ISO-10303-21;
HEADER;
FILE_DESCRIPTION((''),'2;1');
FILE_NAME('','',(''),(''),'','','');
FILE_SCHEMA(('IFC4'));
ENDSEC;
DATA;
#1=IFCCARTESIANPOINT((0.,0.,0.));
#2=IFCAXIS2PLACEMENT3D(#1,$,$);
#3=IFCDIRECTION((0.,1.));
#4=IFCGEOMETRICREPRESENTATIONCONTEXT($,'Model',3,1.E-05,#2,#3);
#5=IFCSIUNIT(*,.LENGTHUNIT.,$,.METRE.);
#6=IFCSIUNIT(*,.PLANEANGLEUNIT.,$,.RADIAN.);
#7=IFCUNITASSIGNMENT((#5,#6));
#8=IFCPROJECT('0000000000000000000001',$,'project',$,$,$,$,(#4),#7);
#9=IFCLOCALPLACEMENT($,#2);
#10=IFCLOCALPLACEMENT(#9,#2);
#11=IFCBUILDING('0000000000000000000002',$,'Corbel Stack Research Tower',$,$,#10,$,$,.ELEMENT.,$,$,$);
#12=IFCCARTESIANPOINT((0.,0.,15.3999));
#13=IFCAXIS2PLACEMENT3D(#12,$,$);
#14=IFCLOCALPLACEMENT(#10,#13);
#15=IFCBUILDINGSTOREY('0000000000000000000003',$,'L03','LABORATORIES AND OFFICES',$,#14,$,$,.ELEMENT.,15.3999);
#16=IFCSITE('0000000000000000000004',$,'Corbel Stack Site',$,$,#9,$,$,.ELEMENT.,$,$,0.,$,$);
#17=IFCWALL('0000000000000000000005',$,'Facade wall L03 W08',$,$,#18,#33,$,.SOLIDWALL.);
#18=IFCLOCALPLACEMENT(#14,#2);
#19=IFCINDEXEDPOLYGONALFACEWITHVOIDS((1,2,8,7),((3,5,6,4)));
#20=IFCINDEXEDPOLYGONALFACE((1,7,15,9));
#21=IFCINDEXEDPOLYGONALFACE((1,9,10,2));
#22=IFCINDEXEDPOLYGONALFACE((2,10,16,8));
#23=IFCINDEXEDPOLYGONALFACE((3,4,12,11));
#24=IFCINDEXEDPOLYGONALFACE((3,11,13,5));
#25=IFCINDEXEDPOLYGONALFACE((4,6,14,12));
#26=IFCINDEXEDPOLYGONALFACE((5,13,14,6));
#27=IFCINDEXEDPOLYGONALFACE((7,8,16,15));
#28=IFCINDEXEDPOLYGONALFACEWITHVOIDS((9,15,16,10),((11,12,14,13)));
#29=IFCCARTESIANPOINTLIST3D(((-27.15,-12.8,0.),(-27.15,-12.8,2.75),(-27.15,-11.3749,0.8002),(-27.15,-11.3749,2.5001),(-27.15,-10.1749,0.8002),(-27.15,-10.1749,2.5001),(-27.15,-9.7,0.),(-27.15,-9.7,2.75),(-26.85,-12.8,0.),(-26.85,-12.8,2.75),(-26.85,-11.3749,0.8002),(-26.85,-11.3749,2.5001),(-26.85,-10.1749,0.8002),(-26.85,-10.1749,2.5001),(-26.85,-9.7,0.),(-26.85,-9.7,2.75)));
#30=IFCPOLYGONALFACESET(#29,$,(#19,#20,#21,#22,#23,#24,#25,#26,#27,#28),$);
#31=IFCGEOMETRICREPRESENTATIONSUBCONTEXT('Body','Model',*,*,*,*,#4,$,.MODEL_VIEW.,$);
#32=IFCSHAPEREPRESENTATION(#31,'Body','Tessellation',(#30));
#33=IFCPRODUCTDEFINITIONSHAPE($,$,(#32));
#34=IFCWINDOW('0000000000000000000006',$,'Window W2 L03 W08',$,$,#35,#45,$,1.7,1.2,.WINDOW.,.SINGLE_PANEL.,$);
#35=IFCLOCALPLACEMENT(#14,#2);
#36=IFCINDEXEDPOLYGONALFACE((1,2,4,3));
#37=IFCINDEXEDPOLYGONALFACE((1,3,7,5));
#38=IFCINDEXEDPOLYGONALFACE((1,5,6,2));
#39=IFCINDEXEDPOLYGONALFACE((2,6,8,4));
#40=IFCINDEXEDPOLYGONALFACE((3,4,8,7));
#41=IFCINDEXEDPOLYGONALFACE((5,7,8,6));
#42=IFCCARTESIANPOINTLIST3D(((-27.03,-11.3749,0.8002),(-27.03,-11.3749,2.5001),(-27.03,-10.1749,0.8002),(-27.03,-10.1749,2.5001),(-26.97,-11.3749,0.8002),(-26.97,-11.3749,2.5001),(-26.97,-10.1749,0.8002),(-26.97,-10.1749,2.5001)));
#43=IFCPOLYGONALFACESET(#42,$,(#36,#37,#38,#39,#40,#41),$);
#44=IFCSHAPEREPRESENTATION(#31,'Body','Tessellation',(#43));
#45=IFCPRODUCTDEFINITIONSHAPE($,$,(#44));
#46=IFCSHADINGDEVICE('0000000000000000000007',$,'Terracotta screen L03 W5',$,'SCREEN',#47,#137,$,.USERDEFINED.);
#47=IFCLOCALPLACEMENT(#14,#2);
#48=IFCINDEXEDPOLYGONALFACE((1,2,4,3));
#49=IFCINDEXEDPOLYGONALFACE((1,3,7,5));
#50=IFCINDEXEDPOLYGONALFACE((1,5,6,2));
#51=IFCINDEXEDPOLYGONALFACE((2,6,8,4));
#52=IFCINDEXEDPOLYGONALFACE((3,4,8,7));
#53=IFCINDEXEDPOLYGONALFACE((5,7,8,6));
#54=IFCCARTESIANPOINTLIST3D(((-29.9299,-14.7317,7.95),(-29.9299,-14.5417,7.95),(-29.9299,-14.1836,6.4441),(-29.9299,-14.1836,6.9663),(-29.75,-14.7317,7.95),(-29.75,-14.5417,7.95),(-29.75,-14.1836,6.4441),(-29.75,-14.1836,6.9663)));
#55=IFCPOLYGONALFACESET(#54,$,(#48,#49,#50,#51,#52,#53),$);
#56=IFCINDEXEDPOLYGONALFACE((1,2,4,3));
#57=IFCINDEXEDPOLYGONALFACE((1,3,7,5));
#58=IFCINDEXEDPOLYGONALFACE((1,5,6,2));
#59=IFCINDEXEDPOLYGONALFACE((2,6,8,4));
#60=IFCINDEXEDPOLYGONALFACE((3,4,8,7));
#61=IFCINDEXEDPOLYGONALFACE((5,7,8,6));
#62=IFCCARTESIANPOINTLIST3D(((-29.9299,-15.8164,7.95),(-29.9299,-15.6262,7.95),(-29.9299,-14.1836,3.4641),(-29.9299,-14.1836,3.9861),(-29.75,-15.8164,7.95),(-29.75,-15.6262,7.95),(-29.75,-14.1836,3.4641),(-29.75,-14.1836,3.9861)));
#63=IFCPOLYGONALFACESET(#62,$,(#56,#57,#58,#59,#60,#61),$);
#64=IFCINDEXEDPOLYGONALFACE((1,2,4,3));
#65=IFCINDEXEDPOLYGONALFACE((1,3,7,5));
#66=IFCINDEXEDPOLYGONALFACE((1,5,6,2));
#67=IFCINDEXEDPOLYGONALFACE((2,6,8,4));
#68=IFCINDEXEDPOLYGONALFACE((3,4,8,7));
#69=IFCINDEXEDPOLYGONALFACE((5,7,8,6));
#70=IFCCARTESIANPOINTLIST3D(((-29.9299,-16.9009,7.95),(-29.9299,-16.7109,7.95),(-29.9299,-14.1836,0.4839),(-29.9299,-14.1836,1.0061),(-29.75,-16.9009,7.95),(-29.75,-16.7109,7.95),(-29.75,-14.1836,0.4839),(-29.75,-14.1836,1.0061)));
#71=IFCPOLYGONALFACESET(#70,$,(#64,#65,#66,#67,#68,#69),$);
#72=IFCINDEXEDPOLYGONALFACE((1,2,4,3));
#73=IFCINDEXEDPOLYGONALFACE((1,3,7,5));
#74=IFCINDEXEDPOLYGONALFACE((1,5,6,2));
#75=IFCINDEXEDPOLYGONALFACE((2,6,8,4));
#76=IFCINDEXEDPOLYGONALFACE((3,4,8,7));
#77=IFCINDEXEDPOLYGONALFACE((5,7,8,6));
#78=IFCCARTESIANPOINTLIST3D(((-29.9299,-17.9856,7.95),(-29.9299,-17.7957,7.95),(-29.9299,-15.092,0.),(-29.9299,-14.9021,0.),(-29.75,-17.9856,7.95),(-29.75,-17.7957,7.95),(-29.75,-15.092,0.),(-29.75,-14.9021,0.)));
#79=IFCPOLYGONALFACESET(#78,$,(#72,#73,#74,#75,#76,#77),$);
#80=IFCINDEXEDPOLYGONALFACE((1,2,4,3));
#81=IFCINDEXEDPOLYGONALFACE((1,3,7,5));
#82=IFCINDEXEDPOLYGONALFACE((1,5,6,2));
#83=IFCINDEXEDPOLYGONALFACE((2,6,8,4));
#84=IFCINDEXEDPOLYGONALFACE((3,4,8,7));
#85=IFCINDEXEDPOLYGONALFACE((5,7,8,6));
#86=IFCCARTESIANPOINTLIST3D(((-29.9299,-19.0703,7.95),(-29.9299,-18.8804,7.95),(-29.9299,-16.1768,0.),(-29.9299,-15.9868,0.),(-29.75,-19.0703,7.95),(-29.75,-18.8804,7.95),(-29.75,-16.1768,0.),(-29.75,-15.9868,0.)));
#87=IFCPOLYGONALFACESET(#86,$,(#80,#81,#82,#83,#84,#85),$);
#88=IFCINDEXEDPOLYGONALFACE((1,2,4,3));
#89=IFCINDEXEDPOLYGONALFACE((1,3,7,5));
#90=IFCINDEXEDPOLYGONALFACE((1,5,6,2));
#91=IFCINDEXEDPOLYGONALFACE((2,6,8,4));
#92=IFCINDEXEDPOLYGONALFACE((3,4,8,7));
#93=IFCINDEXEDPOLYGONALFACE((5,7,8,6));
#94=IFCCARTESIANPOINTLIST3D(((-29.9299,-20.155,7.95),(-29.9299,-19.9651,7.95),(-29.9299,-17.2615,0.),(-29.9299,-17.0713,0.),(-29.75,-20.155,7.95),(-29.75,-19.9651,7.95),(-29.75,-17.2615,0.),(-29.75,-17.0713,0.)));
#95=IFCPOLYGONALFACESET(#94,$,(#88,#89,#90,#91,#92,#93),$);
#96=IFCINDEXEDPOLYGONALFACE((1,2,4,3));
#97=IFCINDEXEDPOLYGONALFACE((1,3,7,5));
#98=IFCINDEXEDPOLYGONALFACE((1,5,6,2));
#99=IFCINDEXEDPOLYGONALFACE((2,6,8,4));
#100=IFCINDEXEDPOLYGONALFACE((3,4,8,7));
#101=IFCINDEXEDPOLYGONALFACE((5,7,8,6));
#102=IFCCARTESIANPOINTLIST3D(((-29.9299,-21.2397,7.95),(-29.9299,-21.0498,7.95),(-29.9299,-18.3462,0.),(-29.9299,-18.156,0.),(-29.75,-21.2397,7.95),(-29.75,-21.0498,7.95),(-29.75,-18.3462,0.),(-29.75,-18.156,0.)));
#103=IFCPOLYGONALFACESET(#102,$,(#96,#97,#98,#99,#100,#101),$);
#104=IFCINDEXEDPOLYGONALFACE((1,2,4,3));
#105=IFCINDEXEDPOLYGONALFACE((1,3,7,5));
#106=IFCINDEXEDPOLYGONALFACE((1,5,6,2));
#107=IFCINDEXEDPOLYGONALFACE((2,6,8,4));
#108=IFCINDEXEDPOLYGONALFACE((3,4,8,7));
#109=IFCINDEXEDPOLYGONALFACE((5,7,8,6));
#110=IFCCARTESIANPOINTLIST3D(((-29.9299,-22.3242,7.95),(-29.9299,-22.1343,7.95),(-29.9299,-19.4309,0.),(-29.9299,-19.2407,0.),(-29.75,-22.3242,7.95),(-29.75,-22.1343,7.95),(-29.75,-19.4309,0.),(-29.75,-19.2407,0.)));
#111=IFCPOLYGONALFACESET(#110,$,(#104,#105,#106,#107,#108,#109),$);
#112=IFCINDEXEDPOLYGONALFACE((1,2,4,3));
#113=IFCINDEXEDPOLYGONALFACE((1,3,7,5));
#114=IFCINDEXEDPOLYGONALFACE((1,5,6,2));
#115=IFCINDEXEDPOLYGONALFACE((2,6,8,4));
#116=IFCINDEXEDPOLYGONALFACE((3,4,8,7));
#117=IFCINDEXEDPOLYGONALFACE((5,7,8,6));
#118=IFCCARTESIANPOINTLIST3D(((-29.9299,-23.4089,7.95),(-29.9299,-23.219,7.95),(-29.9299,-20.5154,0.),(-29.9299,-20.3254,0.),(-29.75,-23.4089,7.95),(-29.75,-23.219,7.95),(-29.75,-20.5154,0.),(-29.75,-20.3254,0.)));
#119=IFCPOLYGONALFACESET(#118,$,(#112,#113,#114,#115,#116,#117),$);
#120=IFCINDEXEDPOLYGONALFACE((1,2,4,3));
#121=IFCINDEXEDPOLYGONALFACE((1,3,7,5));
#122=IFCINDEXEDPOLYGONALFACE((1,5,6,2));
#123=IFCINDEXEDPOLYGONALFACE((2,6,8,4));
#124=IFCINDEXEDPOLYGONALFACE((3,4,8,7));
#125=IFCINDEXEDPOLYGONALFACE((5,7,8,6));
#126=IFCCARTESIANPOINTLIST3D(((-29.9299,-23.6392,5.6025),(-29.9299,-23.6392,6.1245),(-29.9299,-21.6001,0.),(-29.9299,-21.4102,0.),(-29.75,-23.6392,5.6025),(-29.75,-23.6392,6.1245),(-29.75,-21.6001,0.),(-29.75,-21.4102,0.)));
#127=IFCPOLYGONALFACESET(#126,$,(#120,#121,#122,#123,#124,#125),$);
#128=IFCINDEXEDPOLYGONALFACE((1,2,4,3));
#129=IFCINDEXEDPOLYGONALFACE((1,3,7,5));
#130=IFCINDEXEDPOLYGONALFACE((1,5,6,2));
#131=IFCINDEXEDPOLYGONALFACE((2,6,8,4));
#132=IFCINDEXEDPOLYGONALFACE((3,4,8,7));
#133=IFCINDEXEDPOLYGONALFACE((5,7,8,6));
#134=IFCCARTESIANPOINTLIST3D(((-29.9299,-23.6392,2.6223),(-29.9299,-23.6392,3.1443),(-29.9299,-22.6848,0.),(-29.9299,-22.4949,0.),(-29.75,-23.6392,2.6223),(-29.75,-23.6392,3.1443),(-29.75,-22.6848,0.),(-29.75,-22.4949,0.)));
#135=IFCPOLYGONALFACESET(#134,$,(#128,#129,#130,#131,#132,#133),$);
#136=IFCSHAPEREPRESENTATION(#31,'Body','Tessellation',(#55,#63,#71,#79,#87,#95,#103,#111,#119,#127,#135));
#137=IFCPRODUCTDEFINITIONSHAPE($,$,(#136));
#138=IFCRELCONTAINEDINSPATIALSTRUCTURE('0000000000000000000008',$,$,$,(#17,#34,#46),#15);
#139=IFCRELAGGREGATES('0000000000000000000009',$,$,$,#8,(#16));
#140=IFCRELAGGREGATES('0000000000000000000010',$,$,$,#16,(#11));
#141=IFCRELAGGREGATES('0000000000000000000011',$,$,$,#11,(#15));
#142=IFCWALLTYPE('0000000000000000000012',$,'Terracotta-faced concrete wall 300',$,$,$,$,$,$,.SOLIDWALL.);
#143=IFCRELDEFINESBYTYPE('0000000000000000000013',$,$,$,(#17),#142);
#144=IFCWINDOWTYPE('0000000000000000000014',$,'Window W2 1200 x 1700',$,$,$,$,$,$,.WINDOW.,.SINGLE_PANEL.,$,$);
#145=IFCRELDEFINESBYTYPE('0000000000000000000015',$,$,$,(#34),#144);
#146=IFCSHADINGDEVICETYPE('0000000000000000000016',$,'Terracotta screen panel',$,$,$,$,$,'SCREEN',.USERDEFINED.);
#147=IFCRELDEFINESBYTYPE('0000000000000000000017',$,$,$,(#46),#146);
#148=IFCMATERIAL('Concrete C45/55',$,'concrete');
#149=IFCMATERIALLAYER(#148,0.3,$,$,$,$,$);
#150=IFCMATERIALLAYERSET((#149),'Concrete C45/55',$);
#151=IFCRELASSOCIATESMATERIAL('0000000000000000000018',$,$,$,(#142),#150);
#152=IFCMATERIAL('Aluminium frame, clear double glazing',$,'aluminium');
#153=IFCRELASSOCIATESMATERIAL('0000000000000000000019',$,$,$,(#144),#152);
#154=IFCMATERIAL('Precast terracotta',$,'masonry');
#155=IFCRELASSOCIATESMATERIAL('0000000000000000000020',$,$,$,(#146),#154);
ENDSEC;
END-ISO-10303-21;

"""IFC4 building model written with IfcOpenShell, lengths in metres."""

from ifc_helpers import new_model, si_unit, direction, frame, frame_2d, origin, place, context, subcontext, project, spatial, polyline, rectangle, outline, extrude, source, transform, mapped, material, layer, layer_set, type_object, element, fill, save


model = new_model("IFC4")

# Units and contexts
model_context = context("Model", 3, precision=1e-05, world=origin(), true_north=direction((0.0, 1.0)))
body_context = subcontext(model_context, "Body", "Model", "MODEL_VIEW")
ifc_project = project(units=[si_unit("LENGTHUNIT", "METRE"), si_unit("PLANEANGLEUNIT", "RADIAN")], contexts=[model_context])

# Site, building, storey
site_placement = place(None, origin())
site = spatial("IfcSite", under=ifc_project, at=site_placement, Name="Corbel Stack Site", CompositionType="ELEMENT", RefElevation=0.0)
building_placement = place(site_placement, origin())
building = spatial("IfcBuilding", under=site, at=building_placement, Name="Corbel Stack Research Tower", CompositionType="ELEMENT")
storey_placement = place(building_placement, frame((0.0, 0.0, 15.3999)))
storey = spatial("IfcBuildingStorey", under=building, at=storey_placement, Name="L03", Description="LABORATORIES AND OFFICES", CompositionType="ELEMENT", Elevation=15.3999)

# Wall, opening, window
ifc_material_1 = material(Name="Concrete C45/55", Category="concrete")
ifc_layer_1 = layer(ifc_material_1, 0.3)
ifc_layer_set_1 = layer_set([ifc_layer_1], Name="Concrete C45/55")
wall_type_1 = type_object("IfcWallType", Name="Terracotta-faced concrete wall 300", PredefinedType="SOLIDWALL", material=ifc_layer_set_1)
wall_1_placement = place(storey_placement, frame((-27.0, -12.8, 0.0), z_axis=(0.0, 0.0, 1.0), x_axis=(0.0, 1.0, 0.0)))
wall_1 = element("IfcWall", 1, at=wall_1_placement, inside=storey, type_object=wall_type_1, Name="Facade wall L03 W08", PredefinedType="SOLIDWALL", context=body_context, shape_type="SweptSolid", body=[
    extrude(rectangle(XDim=3.1001, YDim=0.3, at=frame_2d((1.55, 0.0))), origin(), (0.0, 0.0, 1.0), 2.75),
])
opening_1_placement = place(wall_1_placement, frame((1.425, 0.0, 0.8)))
opening_1 = element("IfcOpeningElement", 2, at=opening_1_placement, cuts=wall_1, PredefinedType="OPENING", context=body_context, shape_type="SweptSolid", body=[
    extrude(rectangle(XDim=1.2, YDim=1.7, at=frame_2d((0.6001, 0.8501))), frame((0.0, 0.1599, 0.0), z_axis=(0.0, -1.0, 0.0), x_axis=(1.0, 0.0, 0.0)), (0.0, 0.0, 1.0), 0.3201),
])
ifc_material_2 = material(Name="Aluminium frame, clear double glazing", Category="aluminium")
window_type_1 = type_object("IfcWindowType", Name="Window W2 1200 x 1700", PartitioningType="SINGLE_PANEL", PredefinedType="WINDOW", material=ifc_material_2)
window_1_placement = place(opening_1_placement, origin())
window_1 = element("IfcWindow", 3, at=window_1_placement, inside=storey, type_object=window_type_1, Name="Window W2 L03 W08", OverallHeight=1.7, OverallWidth=1.2, PartitioningType="SINGLE_PANEL", PredefinedType="WINDOW", context=body_context, shape_type="SweptSolid", body=[
    extrude(rectangle(XDim=1.2, YDim=1.7, at=frame_2d((0.6001, 0.8501))), frame((0.0, 0.03, 0.0), z_axis=(0.0, -1.0, 0.0), x_axis=(1.0, 0.0, 0.0)), (0.0, 0.0, 1.0), 0.0601),
])
fill(opening_1, window_1)

# Shading device
ifc_material_3 = material(Name="Precast terracotta", Category="masonry")
shading_device_type = type_object("IfcShadingDeviceType", Name="Terracotta screen panel", ElementType="SCREEN", PredefinedType="USERDEFINED", material=ifc_material_3)
shared_shape_1 = source(origin(), body_context, "Body", "SweptSolid", [
    extrude(outline(polyline([(0.5481, 7.95), (0.3582, 7.95), (0.0, 6.9663), (0.0, 6.4441), (0.5481, 7.95)])), frame((0.0, 0.0, 0.0), z_axis=(0.0, -1.0, 0.0), x_axis=(1.0, 0.0, 0.0)), (0.0, 0.0, 1.0), 0.1799),
    extrude(outline(polyline([(1.6328, 7.95), (1.4426, 7.95), (0.0, 3.9861), (0.0, 3.4641), (1.6328, 7.95)])), frame((0.0, 0.0, 0.0), z_axis=(0.0, -1.0, 0.0), x_axis=(1.0, 0.0, 0.0)), (0.0, 0.0, 1.0), 0.1799),
    extrude(outline(polyline([(2.7173, 7.95), (2.5273, 7.95), (0.0, 1.0061), (0.0, 0.4839), (2.7173, 7.95)])), frame((0.0, 0.0, 0.0), z_axis=(0.0, -1.0, 0.0), x_axis=(1.0, 0.0, 0.0)), (0.0, 0.0, 1.0), 0.1799),
    extrude(outline(polyline([(0.9084, 0.0), (3.802, 7.95), (3.6121, 7.95), (0.7185, 0.0), (0.9084, 0.0)])), frame((0.0, 0.0, 0.0), z_axis=(0.0, -1.0, 0.0), x_axis=(1.0, 0.0, 0.0)), (0.0, 0.0, 1.0), 0.1799),
    extrude(outline(polyline([(1.9932, 0.0), (4.8867, 7.95), (4.6968, 7.95), (1.8032, 0.0), (1.9932, 0.0)])), frame((0.0, 0.0, 0.0), z_axis=(0.0, -1.0, 0.0), x_axis=(1.0, 0.0, 0.0)), (0.0, 0.0, 1.0), 0.1799),
    extrude(outline(polyline([(3.0779, 0.0), (5.9714, 7.95), (5.7815, 7.95), (2.8877, 0.0), (3.0779, 0.0)])), frame((0.0, 0.0, 0.0), z_axis=(0.0, -1.0, 0.0), x_axis=(1.0, 0.0, 0.0)), (0.0, 0.0, 1.0), 0.1799),
    extrude(outline(polyline([(4.1626, 0.0), (7.0562, 7.95), (6.8662, 7.95), (3.9724, 0.0), (4.1626, 0.0)])), frame((0.0, 0.0, 0.0), z_axis=(0.0, -1.0, 0.0), x_axis=(1.0, 0.0, 0.0)), (0.0, 0.0, 1.0), 0.1799),
    extrude(outline(polyline([(5.2473, 0.0), (8.1406, 7.95), (7.9507, 7.95), (5.0571, 0.0), (5.2473, 0.0)])), frame((0.0, 0.0, 0.0), z_axis=(0.0, -1.0, 0.0), x_axis=(1.0, 0.0, 0.0)), (0.0, 0.0, 1.0), 0.1799),
    extrude(outline(polyline([(6.3318, 0.0), (9.2253, 7.95), (9.0354, 7.95), (6.1418, 0.0), (6.3318, 0.0)])), frame((0.0, 0.0, 0.0), z_axis=(0.0, -1.0, 0.0), x_axis=(1.0, 0.0, 0.0)), (0.0, 0.0, 1.0), 0.1799),
    extrude(outline(polyline([(7.4165, 0.0), (9.4556, 5.6025), (9.4556, 6.1245), (7.2266, 0.0), (7.4165, 0.0)])), frame((0.0, 0.0, 0.0), z_axis=(0.0, -1.0, 0.0), x_axis=(1.0, 0.0, 0.0)), (0.0, 0.0, 1.0), 0.1799),
    extrude(outline(polyline([(8.5012, 0.0), (9.4556, 2.6223), (9.4556, 3.1443), (8.3113, 0.0), (8.5012, 0.0)])), frame((0.0, 0.0, 0.0), z_axis=(0.0, -1.0, 0.0), x_axis=(1.0, 0.0, 0.0)), (0.0, 0.0, 1.0), 0.1799),
])
shading_device_1_placement = place(storey_placement, frame((-29.75, -14.1836, 0.0), z_axis=(0.0, 0.0, 1.0), x_axis=(0.0, -1.0, 0.0)))
element("IfcShadingDevice", 4, at=shading_device_1_placement, inside=storey, type_object=shading_device_type, Name="Terracotta screen L03 W5", ObjectType="SCREEN", PredefinedType="USERDEFINED", context=body_context, shape_type="MappedRepresentation", body=[
    mapped(shared_shape_1, transform((0.0, 0.0, 0.0))),
])

save(model, "model.ifc")
